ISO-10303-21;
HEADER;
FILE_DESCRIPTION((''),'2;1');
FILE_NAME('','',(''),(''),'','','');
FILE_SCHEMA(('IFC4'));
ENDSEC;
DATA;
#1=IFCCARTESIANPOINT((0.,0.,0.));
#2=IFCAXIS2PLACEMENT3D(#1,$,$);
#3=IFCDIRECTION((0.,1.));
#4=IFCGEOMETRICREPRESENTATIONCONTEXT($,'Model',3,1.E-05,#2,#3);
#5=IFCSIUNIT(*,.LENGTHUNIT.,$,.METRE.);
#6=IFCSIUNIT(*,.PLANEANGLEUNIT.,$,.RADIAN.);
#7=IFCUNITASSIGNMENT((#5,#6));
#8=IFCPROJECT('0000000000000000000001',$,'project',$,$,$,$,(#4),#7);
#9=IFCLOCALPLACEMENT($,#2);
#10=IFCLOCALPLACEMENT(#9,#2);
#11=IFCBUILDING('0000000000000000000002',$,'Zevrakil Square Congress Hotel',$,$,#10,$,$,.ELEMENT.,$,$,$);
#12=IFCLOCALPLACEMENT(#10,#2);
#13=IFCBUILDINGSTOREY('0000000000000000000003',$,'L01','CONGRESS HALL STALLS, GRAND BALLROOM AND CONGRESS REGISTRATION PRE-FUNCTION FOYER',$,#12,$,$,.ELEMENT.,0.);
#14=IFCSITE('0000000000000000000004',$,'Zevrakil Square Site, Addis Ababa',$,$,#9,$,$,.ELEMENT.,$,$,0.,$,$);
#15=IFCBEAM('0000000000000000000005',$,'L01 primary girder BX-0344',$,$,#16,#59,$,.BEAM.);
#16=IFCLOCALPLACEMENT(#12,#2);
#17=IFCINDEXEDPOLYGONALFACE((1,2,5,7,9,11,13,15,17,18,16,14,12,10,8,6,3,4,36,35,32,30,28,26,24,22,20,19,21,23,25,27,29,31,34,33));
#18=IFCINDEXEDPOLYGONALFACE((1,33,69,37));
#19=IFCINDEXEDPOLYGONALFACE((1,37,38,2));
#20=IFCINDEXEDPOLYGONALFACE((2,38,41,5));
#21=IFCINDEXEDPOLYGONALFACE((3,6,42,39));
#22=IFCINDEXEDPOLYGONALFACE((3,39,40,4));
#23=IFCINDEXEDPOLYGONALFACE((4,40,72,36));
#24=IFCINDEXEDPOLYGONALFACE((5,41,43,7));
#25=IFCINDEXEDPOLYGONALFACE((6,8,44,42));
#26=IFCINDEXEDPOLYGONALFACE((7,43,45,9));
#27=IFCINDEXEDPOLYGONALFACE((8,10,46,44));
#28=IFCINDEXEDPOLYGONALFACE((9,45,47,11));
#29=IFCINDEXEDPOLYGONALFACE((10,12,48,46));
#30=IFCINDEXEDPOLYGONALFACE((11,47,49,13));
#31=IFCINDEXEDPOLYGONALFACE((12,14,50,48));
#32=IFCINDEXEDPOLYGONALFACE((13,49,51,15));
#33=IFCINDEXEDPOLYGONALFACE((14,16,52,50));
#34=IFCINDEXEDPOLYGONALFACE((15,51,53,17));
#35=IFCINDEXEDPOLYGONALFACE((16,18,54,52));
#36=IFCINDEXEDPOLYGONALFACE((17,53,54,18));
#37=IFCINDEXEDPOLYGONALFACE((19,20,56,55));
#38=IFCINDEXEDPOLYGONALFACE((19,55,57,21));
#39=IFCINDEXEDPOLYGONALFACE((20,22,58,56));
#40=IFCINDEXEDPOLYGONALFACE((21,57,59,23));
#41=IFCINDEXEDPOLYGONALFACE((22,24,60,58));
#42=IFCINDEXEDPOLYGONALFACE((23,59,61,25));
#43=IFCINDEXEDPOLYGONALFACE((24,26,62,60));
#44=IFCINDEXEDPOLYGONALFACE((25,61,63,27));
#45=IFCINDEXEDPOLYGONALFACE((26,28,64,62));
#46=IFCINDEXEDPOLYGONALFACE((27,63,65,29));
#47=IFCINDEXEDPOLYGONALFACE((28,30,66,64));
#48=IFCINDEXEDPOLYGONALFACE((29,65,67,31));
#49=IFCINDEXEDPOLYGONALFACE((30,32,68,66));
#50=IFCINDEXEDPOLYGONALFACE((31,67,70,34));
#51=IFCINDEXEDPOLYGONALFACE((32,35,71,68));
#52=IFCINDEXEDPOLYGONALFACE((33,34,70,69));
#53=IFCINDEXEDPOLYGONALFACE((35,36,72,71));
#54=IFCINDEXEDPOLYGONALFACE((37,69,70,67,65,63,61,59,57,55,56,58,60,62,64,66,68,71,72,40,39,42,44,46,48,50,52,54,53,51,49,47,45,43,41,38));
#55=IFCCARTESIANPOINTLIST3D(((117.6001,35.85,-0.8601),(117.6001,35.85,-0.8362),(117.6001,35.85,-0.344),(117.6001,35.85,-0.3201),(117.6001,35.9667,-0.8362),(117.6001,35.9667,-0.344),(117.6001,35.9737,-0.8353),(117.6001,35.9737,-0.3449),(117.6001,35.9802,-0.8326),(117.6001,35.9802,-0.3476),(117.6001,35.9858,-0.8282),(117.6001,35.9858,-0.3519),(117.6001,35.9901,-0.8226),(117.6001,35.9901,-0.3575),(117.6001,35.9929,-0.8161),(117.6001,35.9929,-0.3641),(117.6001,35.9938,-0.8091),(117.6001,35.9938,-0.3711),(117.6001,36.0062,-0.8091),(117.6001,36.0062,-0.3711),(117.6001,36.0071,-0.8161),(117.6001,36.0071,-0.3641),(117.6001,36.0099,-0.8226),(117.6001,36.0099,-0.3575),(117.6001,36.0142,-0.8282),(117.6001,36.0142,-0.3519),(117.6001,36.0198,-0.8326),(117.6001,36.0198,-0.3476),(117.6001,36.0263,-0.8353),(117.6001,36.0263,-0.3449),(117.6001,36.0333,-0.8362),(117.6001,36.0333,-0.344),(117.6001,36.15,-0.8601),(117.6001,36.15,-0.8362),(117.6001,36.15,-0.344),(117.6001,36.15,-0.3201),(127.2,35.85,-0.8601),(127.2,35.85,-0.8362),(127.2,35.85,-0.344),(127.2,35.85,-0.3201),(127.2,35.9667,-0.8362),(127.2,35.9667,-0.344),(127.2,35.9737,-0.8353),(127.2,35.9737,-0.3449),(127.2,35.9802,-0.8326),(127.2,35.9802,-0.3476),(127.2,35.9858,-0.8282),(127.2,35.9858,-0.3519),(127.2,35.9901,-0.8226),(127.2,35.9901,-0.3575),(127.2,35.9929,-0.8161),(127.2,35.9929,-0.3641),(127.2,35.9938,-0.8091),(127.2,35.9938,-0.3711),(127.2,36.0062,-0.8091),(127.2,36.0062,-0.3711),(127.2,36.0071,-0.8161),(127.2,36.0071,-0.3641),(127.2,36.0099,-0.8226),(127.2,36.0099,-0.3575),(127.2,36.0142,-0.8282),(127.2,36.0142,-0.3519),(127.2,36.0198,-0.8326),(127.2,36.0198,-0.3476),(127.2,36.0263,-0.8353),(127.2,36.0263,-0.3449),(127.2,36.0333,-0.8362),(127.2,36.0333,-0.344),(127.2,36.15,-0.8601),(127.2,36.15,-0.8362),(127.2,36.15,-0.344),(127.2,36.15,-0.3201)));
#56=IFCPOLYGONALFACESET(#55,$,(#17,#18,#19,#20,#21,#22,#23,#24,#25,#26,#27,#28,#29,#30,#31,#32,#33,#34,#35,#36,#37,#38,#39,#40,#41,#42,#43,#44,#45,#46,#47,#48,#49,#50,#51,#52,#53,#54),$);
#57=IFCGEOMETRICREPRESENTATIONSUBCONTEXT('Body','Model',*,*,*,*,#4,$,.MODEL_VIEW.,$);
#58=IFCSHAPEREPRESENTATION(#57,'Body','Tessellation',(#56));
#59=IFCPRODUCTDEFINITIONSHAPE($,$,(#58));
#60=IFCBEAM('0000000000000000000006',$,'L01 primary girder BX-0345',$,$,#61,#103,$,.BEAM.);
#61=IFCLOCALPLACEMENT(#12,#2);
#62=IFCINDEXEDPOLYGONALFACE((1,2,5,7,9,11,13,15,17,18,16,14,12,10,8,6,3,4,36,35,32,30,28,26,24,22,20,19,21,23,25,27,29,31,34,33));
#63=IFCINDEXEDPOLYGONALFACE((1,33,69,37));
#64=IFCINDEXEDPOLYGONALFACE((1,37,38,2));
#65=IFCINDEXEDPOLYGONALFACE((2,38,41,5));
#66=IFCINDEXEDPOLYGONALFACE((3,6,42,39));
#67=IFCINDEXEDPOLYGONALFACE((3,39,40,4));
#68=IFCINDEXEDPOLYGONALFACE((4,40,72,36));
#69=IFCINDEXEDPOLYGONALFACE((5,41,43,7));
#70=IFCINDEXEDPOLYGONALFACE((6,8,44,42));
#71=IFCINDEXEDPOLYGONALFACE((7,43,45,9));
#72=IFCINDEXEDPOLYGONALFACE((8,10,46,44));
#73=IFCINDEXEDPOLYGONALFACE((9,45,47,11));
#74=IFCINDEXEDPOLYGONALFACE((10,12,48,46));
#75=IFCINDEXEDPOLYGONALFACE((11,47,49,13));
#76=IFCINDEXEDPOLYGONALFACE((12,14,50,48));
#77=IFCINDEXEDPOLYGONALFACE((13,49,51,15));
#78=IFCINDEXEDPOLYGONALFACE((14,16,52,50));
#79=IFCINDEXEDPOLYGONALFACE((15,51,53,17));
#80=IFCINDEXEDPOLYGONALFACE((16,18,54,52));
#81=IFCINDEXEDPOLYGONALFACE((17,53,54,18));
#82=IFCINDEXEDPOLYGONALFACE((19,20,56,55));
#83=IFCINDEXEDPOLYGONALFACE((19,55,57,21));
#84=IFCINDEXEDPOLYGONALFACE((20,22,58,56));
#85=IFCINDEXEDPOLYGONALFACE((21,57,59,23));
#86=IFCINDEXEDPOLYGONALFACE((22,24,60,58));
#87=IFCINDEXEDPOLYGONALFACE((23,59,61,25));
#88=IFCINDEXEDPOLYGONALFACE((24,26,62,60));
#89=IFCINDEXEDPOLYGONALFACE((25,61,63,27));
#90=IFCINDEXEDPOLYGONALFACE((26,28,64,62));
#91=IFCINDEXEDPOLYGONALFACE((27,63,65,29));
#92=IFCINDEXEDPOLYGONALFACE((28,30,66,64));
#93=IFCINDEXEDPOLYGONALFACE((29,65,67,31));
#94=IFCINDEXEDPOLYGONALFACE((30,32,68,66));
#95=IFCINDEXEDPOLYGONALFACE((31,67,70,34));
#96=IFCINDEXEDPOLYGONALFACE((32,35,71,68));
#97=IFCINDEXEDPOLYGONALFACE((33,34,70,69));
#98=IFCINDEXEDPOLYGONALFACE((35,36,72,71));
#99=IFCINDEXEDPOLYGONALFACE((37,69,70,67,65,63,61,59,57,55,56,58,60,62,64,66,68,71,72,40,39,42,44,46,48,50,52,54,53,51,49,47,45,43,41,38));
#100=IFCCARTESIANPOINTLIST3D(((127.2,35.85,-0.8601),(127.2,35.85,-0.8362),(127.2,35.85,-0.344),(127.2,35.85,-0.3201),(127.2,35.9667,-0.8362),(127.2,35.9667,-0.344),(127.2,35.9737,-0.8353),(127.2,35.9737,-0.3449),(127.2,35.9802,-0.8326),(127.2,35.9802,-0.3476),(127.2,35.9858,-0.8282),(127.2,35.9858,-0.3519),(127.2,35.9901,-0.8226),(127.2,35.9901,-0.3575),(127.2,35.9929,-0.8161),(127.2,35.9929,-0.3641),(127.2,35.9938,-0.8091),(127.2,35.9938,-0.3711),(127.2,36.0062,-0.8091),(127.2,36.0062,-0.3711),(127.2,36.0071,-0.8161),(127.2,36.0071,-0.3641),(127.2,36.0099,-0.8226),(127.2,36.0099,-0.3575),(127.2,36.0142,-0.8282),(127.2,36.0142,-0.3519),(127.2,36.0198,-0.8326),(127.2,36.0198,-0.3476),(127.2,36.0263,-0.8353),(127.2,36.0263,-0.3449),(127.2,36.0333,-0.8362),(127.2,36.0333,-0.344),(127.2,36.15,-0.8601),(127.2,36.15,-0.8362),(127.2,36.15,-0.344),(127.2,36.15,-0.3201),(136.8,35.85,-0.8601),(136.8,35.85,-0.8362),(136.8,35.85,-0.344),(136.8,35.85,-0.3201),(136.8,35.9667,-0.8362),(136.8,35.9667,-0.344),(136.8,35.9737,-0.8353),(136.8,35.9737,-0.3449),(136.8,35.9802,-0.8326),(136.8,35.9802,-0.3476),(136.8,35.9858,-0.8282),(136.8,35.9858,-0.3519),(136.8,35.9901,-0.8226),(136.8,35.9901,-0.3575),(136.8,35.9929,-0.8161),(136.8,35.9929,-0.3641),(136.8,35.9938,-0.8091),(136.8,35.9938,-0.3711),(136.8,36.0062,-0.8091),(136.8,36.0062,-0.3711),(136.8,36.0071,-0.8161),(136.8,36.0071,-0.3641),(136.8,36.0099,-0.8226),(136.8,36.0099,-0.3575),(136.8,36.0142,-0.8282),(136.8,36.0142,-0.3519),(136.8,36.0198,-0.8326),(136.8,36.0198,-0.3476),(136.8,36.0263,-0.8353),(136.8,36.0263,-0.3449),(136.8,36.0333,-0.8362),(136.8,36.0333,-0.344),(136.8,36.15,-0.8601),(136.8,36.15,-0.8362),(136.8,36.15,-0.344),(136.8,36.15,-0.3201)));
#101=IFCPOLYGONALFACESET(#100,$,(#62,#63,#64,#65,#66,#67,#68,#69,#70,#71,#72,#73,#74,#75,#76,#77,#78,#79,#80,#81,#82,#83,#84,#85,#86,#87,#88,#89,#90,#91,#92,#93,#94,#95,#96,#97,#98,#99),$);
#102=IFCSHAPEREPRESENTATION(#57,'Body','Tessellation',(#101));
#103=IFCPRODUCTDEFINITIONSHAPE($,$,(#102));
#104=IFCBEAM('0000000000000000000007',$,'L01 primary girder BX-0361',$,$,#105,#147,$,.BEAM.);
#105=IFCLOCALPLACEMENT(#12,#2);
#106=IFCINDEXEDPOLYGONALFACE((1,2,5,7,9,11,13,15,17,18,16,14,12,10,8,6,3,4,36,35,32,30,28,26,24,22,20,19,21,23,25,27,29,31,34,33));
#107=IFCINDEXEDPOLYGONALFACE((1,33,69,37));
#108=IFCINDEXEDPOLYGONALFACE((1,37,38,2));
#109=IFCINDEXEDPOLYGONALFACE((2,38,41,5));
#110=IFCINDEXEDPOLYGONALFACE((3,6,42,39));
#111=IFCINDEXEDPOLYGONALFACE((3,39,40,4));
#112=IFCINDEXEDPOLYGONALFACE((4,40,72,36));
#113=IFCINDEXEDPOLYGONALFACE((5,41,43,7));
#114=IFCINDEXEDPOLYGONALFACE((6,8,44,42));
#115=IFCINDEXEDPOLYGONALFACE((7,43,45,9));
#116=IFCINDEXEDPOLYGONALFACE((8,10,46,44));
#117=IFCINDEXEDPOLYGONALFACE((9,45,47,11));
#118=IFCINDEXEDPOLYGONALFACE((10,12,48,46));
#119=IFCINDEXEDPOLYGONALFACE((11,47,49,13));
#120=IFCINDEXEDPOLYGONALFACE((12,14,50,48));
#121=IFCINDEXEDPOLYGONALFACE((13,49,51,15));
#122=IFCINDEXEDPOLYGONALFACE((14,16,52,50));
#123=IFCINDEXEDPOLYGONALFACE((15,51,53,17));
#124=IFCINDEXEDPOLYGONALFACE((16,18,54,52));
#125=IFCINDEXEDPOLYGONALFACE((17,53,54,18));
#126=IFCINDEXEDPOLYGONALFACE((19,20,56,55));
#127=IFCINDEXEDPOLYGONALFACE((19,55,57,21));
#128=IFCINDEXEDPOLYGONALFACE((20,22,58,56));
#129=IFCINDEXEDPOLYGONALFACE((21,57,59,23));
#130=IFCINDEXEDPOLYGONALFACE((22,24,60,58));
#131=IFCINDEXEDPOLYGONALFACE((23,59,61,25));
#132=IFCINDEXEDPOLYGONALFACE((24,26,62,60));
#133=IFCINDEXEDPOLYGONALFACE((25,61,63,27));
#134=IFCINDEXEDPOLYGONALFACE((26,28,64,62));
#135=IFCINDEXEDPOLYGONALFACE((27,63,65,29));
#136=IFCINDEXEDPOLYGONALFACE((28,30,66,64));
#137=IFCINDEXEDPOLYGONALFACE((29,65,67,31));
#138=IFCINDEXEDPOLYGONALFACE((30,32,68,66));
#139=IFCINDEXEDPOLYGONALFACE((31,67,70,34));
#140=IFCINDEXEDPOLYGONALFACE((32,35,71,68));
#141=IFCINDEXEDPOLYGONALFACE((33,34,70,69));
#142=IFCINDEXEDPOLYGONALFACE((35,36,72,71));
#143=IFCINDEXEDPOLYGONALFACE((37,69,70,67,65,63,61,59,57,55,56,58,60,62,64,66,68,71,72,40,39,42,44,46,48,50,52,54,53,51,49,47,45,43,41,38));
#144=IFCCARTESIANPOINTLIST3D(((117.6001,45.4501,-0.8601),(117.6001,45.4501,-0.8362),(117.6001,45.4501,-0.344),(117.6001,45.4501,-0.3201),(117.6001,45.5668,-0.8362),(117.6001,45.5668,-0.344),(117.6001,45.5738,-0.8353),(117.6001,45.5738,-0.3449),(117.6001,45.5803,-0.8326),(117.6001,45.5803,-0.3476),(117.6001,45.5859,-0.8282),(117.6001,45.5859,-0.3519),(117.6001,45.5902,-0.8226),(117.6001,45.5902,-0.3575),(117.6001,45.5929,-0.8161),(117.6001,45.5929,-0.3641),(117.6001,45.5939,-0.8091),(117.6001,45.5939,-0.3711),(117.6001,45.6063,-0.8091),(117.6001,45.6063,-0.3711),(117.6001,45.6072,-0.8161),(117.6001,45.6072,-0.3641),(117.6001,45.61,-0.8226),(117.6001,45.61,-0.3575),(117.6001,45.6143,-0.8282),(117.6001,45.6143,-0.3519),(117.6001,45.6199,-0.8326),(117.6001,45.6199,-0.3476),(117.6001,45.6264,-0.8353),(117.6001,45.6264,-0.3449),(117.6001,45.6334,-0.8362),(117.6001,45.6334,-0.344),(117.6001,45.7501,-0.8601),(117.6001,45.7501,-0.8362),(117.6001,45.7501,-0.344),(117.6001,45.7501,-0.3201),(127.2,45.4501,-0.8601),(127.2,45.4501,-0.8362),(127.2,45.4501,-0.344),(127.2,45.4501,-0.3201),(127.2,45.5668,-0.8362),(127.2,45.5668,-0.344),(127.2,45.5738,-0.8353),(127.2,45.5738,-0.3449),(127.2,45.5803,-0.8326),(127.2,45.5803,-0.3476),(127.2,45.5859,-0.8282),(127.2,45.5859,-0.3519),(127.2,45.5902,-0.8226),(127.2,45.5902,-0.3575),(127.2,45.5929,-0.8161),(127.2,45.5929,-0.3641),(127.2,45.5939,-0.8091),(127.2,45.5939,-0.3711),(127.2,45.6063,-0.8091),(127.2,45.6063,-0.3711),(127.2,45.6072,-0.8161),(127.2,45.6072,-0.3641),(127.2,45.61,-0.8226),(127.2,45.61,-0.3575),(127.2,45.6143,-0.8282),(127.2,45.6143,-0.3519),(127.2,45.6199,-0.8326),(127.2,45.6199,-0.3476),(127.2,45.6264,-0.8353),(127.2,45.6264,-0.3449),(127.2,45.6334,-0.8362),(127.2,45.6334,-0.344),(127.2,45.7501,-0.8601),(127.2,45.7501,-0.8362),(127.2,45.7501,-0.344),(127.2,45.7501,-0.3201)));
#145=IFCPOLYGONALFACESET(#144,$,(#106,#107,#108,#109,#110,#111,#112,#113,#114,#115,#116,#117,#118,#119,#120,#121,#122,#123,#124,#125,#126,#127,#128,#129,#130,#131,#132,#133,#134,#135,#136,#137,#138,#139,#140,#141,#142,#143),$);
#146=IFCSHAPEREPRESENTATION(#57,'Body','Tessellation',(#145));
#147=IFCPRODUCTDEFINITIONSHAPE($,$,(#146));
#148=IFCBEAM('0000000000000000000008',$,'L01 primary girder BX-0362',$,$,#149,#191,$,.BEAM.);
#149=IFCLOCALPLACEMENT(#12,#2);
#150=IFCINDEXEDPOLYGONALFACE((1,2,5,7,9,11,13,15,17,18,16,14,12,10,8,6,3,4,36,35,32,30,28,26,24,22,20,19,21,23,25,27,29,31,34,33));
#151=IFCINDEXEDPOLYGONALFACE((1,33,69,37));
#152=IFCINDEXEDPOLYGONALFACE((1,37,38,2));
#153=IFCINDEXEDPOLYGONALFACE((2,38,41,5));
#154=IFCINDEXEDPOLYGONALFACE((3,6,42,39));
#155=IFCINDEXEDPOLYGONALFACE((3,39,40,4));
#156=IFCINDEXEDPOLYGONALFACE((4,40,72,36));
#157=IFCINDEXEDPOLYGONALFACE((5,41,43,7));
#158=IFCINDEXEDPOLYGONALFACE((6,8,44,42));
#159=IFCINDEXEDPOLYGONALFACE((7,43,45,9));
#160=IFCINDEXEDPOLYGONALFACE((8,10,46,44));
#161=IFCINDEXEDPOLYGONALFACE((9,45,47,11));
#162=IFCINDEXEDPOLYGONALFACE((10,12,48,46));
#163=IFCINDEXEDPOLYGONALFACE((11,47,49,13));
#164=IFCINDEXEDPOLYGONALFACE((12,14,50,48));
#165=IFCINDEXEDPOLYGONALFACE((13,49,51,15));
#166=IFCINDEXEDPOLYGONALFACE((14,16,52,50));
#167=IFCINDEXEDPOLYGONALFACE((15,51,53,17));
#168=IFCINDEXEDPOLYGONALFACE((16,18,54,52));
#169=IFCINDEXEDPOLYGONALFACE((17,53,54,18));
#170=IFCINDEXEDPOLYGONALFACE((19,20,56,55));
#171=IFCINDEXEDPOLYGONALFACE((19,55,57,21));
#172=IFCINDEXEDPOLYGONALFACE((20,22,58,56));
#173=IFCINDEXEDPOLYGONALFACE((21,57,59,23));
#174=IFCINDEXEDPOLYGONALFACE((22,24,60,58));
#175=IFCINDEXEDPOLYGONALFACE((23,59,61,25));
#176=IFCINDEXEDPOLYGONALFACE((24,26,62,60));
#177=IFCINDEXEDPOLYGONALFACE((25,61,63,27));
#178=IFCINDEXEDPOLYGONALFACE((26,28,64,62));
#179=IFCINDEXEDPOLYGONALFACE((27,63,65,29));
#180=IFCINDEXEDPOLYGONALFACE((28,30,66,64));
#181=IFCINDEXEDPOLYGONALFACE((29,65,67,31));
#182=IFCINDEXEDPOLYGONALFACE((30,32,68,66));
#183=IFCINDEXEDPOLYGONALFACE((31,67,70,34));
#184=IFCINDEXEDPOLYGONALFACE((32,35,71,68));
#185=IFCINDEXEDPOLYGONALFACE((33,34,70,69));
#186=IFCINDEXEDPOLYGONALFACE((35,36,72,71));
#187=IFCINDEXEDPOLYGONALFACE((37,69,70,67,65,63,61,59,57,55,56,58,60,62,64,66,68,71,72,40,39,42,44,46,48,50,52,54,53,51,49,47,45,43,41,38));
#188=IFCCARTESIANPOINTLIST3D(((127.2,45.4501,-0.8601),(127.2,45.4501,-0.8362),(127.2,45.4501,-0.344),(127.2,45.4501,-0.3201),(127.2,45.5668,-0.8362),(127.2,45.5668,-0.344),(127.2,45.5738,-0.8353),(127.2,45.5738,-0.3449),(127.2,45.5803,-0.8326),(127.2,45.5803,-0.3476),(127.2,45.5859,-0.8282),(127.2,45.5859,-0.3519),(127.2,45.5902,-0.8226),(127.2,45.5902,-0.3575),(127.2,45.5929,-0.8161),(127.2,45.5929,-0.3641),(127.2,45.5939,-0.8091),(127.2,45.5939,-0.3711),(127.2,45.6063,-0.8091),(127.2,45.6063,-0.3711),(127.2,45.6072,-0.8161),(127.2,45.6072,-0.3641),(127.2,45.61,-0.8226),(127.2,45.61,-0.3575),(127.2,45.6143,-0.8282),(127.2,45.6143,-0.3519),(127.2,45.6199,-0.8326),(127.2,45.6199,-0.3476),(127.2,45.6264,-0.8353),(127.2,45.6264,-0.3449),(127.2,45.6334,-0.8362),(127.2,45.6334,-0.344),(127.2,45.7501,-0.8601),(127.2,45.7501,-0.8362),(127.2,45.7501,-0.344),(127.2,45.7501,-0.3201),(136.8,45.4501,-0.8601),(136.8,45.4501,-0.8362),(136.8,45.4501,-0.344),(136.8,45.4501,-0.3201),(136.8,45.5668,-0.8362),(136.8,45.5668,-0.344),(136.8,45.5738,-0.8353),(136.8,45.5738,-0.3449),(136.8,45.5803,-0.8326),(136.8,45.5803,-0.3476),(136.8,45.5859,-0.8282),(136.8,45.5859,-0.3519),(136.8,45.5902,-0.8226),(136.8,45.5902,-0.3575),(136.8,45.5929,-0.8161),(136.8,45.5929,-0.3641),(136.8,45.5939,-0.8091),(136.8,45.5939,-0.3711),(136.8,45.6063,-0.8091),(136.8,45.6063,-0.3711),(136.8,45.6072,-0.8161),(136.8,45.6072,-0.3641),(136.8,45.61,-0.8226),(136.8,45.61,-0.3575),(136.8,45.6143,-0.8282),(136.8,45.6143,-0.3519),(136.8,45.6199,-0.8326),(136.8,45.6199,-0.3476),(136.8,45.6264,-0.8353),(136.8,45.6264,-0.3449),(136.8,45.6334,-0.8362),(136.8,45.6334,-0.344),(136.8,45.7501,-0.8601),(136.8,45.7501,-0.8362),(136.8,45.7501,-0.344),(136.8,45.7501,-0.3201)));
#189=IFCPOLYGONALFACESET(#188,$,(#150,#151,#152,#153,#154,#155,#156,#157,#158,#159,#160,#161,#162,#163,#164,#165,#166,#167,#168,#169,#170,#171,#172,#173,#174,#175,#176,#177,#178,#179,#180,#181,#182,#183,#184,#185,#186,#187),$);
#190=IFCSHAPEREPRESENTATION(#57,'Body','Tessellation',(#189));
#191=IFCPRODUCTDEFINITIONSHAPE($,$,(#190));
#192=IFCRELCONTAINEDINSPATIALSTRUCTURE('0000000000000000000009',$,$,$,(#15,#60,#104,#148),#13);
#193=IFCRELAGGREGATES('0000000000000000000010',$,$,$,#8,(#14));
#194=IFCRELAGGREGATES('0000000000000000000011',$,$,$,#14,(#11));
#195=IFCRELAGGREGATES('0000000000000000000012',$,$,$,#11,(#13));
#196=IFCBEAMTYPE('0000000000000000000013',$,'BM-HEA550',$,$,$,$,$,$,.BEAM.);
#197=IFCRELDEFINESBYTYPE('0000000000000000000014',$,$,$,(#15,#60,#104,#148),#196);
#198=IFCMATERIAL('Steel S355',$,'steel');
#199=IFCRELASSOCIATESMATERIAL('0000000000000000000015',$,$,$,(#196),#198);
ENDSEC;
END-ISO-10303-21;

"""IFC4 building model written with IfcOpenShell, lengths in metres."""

from ifc_helpers import new_model, si_unit, direction, frame, origin, origin_2d, place, context, subcontext, project, spatial, i_section, extrude, material, material_profile, profile_set, type_object, element, save


model = new_model("IFC4")

# Units and contexts
model_context = context("Model", 3, precision=1e-05, world=origin(), true_north=direction((0.0, 1.0)))
body_context = subcontext(model_context, "Body", "Model", "MODEL_VIEW")
ifc_project = project(units=[si_unit("LENGTHUNIT", "METRE"), si_unit("PLANEANGLEUNIT", "RADIAN")], contexts=[model_context])

# Site, building, storey
site_placement = place(None, origin())
site = spatial("IfcSite", under=ifc_project, at=site_placement, Name="Zevrakil Square Site, Addis Ababa", CompositionType="ELEMENT", RefElevation=0.0)
building_placement = place(site_placement, origin())
building = spatial("IfcBuilding", under=site, at=building_placement, Name="Zevrakil Square Congress Hotel", CompositionType="ELEMENT")
storey_placement = place(building_placement, origin())
storey = spatial("IfcBuildingStorey", under=building, at=storey_placement, Name="L01", Description="CONGRESS HALL STALLS, GRAND BALLROOM AND CONGRESS REGISTRATION PRE-FUNCTION FOYER", CompositionType="ELEMENT", Elevation=0.0)

# Beams
ifc_material_1 = material(Name="Steel S355", Category="steel")
ifc_material_profile_1 = material_profile(ifc_material_1, i_section(OverallWidth=0.3, OverallDepth=0.54, WebThickness=0.0125, FlangeThickness=0.0239, FilletRadius=0.0271, at=origin_2d()), Name="HEA 550")
ifc_profile_set_1 = profile_set([ifc_material_profile_1], Name="Steel S355")
beam_type_1 = type_object("IfcBeamType", Name="BM-HEA550", PredefinedType="BEAM", material=ifc_profile_set_1)
beam_1_placement = place(storey_placement, frame((117.6001, 36.0, -0.5901), z_axis=(1.0, 0.0, 0.0), x_axis=(0.0, 1.0, 0.0)))
element("IfcBeam", 1, at=beam_1_placement, inside=storey, type_object=beam_type_1, Name="L01 primary girder BX-0344", PredefinedType="BEAM", context=body_context, shape_type="SweptSolid", body=[
    extrude(i_section(OverallWidth=0.3, OverallDepth=0.54, WebThickness=0.0125, FlangeThickness=0.0239, FilletRadius=0.0271, at=origin_2d()), origin(), (0.0, 0.0, 1.0), 9.5999),
])
beam_2_placement = place(storey_placement, frame((127.2, 36.0, -0.5901), z_axis=(1.0, 0.0, 0.0), x_axis=(0.0, 1.0, 0.0)))
element("IfcBeam", 2, at=beam_2_placement, inside=storey, type_object=beam_type_1, Name="L01 primary girder BX-0345", PredefinedType="BEAM", context=body_context, shape_type="SweptSolid", body=[
    extrude(i_section(OverallWidth=0.3, OverallDepth=0.54, WebThickness=0.0125, FlangeThickness=0.0239, FilletRadius=0.0271, at=origin_2d()), origin(), (0.0, 0.0, 1.0), 9.6001),
])
beam_3_placement = place(storey_placement, frame((117.6001, 45.6001, -0.5901), z_axis=(1.0, 0.0, 0.0), x_axis=(0.0, 1.0, 0.0)))
element("IfcBeam", 3, at=beam_3_placement, inside=storey, type_object=beam_type_1, Name="L01 primary girder BX-0361", PredefinedType="BEAM", context=body_context, shape_type="SweptSolid", body=[
    extrude(i_section(OverallWidth=0.3, OverallDepth=0.54, WebThickness=0.0125, FlangeThickness=0.0239, FilletRadius=0.0271, at=origin_2d()), origin(), (0.0, 0.0, 1.0), 9.5999),
])
beam_4_placement = place(storey_placement, frame((127.2, 45.6001, -0.5901), z_axis=(1.0, 0.0, 0.0), x_axis=(0.0, 1.0, 0.0)))
element("IfcBeam", 4, at=beam_4_placement, inside=storey, type_object=beam_type_1, Name="L01 primary girder BX-0362", PredefinedType="BEAM", context=body_context, shape_type="SweptSolid", body=[
    extrude(i_section(OverallWidth=0.3, OverallDepth=0.54, WebThickness=0.0125, FlangeThickness=0.0239, FilletRadius=0.0271, at=origin_2d()), origin(), (0.0, 0.0, 1.0), 9.6001),
])

save(model, "model.ifc")
